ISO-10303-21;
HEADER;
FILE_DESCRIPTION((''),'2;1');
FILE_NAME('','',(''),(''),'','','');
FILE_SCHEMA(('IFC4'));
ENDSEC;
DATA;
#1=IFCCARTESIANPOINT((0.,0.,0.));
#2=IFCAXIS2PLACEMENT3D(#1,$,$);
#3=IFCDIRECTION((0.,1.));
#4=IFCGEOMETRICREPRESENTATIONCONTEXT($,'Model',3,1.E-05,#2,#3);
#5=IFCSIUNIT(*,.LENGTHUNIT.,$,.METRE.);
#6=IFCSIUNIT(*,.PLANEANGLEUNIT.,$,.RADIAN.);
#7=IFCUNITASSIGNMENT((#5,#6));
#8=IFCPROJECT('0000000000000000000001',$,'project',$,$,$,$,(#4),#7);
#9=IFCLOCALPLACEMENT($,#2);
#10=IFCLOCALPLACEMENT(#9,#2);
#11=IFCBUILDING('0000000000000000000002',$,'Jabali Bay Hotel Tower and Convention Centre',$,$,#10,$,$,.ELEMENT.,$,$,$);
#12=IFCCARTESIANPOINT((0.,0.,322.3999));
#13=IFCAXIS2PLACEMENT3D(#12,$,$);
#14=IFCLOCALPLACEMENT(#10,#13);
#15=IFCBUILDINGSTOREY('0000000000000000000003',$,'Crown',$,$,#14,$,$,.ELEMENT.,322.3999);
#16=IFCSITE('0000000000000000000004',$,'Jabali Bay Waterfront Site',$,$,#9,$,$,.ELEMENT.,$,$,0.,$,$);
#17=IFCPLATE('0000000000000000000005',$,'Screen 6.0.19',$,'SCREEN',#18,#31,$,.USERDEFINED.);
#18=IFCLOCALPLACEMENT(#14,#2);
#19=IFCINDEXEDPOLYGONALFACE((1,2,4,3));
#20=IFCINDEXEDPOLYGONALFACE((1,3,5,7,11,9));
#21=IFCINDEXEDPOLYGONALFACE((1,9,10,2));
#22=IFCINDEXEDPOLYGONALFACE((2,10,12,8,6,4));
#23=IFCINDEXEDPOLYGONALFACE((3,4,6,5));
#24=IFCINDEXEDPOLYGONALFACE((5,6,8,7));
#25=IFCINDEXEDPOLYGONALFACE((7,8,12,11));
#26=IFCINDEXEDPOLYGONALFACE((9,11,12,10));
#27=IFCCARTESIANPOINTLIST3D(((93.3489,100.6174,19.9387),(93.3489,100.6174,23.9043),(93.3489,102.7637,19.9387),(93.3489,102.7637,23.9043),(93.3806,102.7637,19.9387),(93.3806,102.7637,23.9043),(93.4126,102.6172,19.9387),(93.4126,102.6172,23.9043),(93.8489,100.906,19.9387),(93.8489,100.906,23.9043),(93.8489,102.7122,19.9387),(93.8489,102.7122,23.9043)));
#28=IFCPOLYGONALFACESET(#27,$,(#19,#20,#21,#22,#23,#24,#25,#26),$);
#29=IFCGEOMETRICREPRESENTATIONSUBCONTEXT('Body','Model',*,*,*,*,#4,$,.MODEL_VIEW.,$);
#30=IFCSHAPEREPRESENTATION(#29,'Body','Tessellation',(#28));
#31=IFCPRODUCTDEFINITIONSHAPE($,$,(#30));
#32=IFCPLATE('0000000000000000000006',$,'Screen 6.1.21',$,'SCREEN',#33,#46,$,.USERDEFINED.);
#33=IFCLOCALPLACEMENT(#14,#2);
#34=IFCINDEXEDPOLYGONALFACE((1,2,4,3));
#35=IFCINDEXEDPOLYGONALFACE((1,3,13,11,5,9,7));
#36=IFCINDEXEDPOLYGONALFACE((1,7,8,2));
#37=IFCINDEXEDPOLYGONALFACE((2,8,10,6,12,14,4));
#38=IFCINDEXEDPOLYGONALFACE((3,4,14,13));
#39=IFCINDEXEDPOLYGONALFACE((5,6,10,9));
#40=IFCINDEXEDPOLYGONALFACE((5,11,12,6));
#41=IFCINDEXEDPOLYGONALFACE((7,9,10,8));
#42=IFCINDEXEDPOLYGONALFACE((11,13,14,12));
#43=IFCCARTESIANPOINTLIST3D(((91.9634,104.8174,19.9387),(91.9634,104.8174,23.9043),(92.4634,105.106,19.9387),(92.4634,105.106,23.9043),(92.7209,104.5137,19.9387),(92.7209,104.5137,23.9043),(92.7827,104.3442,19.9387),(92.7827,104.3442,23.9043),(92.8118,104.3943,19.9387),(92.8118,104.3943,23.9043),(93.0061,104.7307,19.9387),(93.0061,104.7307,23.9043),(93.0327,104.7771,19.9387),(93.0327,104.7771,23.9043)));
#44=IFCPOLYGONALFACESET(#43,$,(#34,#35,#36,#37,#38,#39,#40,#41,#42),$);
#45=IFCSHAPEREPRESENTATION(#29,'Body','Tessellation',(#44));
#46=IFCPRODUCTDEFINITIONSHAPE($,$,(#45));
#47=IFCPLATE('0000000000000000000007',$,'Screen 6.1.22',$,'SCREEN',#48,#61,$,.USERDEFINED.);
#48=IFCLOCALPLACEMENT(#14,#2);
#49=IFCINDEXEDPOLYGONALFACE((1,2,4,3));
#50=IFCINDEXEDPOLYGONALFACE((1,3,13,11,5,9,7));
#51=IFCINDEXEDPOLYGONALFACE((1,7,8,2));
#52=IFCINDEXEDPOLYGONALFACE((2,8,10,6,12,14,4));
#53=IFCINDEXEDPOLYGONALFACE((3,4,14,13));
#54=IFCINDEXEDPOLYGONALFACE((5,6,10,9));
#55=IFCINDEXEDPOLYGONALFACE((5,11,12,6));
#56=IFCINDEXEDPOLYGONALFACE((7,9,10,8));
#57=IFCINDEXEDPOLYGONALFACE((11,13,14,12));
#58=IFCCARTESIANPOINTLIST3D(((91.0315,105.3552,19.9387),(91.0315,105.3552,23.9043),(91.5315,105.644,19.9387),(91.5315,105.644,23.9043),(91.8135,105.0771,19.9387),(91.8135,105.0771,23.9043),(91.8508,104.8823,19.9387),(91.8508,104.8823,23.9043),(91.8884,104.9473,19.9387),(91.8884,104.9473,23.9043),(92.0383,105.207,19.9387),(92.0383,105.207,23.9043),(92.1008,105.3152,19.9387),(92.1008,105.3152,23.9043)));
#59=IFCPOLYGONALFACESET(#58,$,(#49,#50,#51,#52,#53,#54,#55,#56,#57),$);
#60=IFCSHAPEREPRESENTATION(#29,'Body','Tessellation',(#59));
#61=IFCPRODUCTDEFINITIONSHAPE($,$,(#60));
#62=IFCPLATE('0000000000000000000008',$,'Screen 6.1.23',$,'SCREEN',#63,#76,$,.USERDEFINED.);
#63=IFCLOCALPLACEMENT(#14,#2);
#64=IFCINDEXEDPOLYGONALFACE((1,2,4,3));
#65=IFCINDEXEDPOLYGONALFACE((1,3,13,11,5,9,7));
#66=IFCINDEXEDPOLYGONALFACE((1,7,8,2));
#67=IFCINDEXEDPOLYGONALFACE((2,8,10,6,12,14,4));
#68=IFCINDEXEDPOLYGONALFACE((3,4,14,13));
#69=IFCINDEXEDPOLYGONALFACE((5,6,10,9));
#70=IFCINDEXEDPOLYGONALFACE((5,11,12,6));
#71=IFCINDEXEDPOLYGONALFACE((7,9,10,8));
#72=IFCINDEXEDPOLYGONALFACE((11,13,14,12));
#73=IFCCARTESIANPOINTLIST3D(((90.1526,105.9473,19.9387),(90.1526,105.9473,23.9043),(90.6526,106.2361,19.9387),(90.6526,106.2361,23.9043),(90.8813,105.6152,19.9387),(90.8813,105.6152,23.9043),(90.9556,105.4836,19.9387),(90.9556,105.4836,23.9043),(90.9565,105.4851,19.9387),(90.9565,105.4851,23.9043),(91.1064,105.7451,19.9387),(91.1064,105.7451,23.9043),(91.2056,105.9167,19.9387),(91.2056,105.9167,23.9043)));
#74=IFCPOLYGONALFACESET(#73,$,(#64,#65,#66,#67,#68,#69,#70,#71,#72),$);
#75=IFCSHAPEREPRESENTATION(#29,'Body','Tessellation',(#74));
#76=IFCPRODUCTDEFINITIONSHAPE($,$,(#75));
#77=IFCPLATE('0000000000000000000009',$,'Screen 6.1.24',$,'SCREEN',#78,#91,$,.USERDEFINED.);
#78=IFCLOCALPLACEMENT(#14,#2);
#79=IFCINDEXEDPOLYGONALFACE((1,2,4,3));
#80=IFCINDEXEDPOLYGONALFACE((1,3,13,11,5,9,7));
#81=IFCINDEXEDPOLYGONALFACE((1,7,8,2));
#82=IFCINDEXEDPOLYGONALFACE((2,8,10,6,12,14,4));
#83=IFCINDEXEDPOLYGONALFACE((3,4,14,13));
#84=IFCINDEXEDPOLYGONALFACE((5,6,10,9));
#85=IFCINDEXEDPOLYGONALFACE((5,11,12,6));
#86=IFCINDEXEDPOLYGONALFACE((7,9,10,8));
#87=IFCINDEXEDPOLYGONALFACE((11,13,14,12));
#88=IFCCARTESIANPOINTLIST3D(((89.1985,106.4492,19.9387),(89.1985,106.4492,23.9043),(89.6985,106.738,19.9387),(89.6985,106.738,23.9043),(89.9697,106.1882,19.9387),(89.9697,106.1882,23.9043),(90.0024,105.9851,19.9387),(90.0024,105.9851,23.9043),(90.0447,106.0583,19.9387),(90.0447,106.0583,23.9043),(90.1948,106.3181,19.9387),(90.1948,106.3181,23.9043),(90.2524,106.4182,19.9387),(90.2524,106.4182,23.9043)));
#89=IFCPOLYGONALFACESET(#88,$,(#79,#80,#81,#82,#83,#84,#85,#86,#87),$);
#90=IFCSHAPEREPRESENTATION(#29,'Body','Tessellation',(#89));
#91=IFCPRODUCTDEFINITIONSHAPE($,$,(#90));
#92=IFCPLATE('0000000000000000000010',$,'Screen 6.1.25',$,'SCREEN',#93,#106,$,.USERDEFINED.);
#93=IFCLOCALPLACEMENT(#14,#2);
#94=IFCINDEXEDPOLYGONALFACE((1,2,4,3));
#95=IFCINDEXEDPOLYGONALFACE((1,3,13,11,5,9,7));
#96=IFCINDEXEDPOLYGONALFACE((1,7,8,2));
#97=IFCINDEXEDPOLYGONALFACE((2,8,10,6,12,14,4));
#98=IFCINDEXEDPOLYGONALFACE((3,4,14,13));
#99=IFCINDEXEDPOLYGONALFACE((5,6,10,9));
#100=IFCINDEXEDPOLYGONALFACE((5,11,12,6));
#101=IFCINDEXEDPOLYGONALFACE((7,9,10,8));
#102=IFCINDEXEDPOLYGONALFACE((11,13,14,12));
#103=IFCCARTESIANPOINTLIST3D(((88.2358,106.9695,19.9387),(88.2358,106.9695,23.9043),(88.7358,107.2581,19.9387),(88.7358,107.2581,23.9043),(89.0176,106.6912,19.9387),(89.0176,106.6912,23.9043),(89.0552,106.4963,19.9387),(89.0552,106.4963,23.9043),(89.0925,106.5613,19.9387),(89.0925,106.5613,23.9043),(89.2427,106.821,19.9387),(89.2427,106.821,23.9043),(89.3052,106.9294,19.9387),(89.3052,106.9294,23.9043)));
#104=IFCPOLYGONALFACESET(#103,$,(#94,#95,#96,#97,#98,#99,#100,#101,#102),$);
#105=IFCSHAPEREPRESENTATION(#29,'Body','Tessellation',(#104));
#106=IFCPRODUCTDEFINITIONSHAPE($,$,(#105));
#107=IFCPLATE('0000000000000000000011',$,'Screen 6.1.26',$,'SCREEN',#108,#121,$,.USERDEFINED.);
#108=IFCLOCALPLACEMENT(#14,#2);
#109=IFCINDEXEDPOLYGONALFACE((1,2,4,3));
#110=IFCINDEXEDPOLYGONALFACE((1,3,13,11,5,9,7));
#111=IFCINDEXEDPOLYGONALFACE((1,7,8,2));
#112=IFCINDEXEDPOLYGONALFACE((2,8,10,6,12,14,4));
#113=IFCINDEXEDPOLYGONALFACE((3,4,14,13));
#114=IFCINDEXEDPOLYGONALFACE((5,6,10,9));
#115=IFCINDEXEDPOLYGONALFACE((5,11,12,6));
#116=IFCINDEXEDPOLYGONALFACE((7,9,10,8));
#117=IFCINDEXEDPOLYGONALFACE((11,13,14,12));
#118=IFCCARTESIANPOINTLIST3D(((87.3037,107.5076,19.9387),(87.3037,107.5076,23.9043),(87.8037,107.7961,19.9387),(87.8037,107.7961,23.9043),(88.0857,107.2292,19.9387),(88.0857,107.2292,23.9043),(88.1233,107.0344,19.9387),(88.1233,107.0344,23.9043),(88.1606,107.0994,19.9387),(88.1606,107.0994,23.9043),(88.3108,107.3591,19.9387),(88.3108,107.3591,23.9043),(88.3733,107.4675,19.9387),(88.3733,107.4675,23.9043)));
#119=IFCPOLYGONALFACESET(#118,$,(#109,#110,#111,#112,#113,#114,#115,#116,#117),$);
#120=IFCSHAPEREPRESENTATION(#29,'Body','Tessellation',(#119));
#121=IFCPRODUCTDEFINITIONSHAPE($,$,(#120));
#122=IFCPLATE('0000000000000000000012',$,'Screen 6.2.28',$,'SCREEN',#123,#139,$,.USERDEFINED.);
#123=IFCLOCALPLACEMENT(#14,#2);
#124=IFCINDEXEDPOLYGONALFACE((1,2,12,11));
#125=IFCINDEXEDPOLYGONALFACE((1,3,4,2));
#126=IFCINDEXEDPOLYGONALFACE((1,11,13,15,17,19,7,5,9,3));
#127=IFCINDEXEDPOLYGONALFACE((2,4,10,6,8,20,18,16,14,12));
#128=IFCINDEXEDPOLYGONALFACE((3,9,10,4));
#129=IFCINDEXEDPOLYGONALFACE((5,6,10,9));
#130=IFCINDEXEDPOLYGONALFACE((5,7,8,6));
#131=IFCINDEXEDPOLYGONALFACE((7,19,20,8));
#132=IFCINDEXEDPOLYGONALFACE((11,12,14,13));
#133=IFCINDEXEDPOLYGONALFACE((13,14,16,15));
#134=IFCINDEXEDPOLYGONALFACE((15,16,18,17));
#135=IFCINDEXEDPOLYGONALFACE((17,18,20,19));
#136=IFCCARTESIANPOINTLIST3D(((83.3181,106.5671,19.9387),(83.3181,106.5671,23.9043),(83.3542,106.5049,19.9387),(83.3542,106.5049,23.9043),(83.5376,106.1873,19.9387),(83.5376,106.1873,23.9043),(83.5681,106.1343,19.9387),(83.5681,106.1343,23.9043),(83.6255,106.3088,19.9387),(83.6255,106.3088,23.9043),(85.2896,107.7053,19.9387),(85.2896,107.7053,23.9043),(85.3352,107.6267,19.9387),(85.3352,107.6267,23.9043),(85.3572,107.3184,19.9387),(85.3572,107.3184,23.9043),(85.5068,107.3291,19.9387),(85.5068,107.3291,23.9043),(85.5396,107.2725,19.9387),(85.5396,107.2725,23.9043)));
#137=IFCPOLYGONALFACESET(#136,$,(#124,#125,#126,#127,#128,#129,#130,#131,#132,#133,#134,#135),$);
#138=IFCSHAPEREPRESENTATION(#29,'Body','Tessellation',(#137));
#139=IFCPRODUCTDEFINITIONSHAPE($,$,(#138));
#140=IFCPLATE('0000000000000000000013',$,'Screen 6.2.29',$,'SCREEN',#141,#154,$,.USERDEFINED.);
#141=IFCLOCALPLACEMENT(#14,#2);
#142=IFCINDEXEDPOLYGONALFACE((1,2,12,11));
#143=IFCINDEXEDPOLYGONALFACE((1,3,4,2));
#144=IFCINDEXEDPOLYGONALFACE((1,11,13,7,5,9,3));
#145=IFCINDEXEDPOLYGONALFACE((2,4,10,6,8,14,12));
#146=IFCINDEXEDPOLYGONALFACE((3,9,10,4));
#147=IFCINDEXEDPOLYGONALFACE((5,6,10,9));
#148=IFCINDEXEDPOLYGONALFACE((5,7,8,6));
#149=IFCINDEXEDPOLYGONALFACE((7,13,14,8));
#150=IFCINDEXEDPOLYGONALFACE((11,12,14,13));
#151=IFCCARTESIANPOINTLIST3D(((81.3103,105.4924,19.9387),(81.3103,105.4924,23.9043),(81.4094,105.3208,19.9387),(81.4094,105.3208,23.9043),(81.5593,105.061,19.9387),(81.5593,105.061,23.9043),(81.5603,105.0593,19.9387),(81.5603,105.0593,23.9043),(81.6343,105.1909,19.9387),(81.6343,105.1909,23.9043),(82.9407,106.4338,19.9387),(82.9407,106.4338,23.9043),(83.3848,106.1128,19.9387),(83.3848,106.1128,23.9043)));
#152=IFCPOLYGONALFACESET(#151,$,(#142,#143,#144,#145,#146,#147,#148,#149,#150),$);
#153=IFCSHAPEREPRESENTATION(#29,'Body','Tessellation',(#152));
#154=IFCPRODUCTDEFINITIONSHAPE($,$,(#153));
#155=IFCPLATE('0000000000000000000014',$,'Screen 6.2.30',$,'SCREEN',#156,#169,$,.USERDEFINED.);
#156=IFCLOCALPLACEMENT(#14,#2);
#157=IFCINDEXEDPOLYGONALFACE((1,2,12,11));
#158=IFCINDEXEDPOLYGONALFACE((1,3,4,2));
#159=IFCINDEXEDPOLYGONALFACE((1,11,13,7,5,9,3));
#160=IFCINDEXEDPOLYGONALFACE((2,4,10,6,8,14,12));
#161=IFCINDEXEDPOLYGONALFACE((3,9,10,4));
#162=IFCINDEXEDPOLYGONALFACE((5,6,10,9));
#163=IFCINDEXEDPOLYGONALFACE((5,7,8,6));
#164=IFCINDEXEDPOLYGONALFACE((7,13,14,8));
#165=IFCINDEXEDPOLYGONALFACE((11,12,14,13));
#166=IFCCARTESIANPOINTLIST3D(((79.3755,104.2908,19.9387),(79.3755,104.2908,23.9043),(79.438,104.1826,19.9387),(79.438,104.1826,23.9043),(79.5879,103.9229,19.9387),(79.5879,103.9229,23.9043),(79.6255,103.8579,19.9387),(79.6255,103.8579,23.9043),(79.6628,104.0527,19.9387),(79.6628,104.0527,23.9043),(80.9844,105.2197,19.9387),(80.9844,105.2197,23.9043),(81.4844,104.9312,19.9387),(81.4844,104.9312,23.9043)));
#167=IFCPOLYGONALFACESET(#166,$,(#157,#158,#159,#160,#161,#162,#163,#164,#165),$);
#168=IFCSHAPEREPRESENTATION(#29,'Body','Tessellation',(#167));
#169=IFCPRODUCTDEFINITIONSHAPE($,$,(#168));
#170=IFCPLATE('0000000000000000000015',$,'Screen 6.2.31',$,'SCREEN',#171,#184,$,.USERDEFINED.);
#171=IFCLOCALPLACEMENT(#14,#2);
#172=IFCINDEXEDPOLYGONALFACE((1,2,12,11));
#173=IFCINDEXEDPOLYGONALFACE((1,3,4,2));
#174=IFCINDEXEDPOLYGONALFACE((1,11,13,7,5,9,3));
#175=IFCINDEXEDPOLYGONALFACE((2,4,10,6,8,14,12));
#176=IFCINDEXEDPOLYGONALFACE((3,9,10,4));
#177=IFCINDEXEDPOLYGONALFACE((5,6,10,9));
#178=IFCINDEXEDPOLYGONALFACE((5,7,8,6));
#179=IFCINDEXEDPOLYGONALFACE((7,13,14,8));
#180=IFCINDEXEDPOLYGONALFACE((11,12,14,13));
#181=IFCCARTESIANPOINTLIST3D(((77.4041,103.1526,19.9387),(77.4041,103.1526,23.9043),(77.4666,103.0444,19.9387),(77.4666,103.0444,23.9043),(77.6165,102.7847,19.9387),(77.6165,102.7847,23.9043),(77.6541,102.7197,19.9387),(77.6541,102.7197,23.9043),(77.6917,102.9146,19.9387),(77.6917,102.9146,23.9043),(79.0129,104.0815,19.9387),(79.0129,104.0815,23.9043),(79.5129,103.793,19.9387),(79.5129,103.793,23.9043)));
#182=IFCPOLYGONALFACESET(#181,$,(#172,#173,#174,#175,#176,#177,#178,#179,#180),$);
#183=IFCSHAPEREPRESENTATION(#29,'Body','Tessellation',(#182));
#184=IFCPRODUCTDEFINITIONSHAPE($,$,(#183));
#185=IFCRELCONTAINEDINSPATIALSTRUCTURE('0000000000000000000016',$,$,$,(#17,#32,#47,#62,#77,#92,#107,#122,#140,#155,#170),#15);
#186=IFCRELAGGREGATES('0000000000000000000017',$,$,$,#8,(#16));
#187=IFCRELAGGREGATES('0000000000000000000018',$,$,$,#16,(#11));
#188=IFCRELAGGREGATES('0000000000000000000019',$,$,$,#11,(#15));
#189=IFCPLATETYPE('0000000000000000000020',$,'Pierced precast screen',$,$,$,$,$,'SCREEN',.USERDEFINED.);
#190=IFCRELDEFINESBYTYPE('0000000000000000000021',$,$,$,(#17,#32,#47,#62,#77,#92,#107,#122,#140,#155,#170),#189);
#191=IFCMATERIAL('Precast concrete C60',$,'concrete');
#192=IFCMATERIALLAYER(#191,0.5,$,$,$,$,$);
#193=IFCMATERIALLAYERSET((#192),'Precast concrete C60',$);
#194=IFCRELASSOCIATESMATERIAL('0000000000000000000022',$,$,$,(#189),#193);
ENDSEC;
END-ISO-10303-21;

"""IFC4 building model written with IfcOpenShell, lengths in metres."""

from ifc_helpers import new_model, si_unit, direction, frame, origin, place, context, subcontext, project, spatial, polyline, outline, extrude, material, layer, layer_set, type_object, element, save


model = new_model("IFC4")

# Units and contexts
model_context = context("Model", 3, precision=1e-05, world=origin(), true_north=direction((0.0, 1.0)))
body_context = subcontext(model_context, "Body", "Model", "MODEL_VIEW")
ifc_project = project(units=[si_unit("LENGTHUNIT", "METRE"), si_unit("PLANEANGLEUNIT", "RADIAN")], contexts=[model_context])

# Site, building, storey
site_placement = place(None, origin())
site = spatial("IfcSite", under=ifc_project, at=site_placement, Name="Jabali Bay Waterfront Site", CompositionType="ELEMENT", RefElevation=0.0)
building_placement = place(site_placement, origin())
building = spatial("IfcBuilding", under=site, at=building_placement, Name="Jabali Bay Hotel Tower and Convention Centre", CompositionType="ELEMENT")
storey_placement = place(building_placement, frame((0.0, 0.0, 322.3999)))
storey = spatial("IfcBuildingStorey", under=building, at=storey_placement, Name="Crown", CompositionType="ELEMENT", Elevation=322.3999)

# Plates
ifc_material = material(Name="Precast concrete C60", Category="concrete")
ifc_layer = layer(ifc_material, 0.5)
ifc_layer_set = layer_set([ifc_layer], Name="Precast concrete C60")
plate_type = type_object("IfcPlateType", Name="Pierced precast screen", ElementType="SCREEN", PredefinedType="USERDEFINED", material=ifc_layer_set)
plate_1_placement = place(storey_placement, frame((0.0, 0.0, 19.9387)))
element("IfcPlate", 1, at=plate_1_placement, inside=storey, type_object=plate_type, Name="Screen 6.0.19", ObjectType="SCREEN", PredefinedType="USERDEFINED", context=body_context, shape_type="SweptSolid", body=[
    extrude(outline(polyline([(93.3489, 102.7637), (93.3489, 100.6174), (93.8489, 100.906), (93.8489, 102.7122), (93.4126, 102.6172), (93.3806, 102.7637), (93.3489, 102.7637)])), origin(), (0.0, 0.0, 1.0), 3.9656),
])
plate_2_placement = place(storey_placement, frame((0.0, 0.0, 19.9387)))
element("IfcPlate", 2, at=plate_2_placement, inside=storey, type_object=plate_type, Name="Screen 6.1.21", ObjectType="SCREEN", PredefinedType="USERDEFINED", context=body_context, shape_type="SweptSolid", body=[
    extrude(outline(polyline([(91.9634, 104.8174), (92.7827, 104.3442), (92.8118, 104.3943), (92.7209, 104.5137), (93.0061, 104.7307), (93.0327, 104.7771), (92.4634, 105.106), (91.9634, 104.8174)])), origin(), (0.0, 0.0, 1.0), 3.9656),
])
plate_3_placement = place(storey_placement, frame((0.0, 0.0, 19.9387)))
element("IfcPlate", 3, at=plate_3_placement, inside=storey, type_object=plate_type, Name="Screen 6.1.22", ObjectType="SCREEN", PredefinedType="USERDEFINED", context=body_context, shape_type="SweptSolid", body=[
    extrude(outline(polyline([(91.0315, 105.3552), (91.8508, 104.8823), (91.8884, 104.9473), (91.8135, 105.0771), (92.0383, 105.207), (92.1008, 105.3152), (91.5315, 105.644), (91.0315, 105.3552)])), origin(), (0.0, 0.0, 1.0), 3.9656),
])
plate_4_placement = place(storey_placement, frame((0.0, 0.0, 19.9387)))
element("IfcPlate", 4, at=plate_4_placement, inside=storey, type_object=plate_type, Name="Screen 6.1.23", ObjectType="SCREEN", PredefinedType="USERDEFINED", context=body_context, shape_type="SweptSolid", body=[
    extrude(outline(polyline([(90.1526, 105.9473), (90.9556, 105.4836), (90.9565, 105.4851), (90.8813, 105.6152), (91.1064, 105.7451), (91.2056, 105.9167), (90.6526, 106.2361), (90.1526, 105.9473)])), origin(), (0.0, 0.0, 1.0), 3.9656),
])
plate_5_placement = place(storey_placement, frame((0.0, 0.0, 19.9387)))
element("IfcPlate", 5, at=plate_5_placement, inside=storey, type_object=plate_type, Name="Screen 6.1.24", ObjectType="SCREEN", PredefinedType="USERDEFINED", context=body_context, shape_type="SweptSolid", body=[
    extrude(outline(polyline([(89.1985, 106.4492), (90.0024, 105.9851), (90.0447, 106.0583), (89.9697, 106.1882), (90.1948, 106.3181), (90.2524, 106.4182), (89.6985, 106.738), (89.1985, 106.4492)])), origin(), (0.0, 0.0, 1.0), 3.9656),
])
plate_6_placement = place(storey_placement, frame((0.0, 0.0, 19.9387)))
element("IfcPlate", 6, at=plate_6_placement, inside=storey, type_object=plate_type, Name="Screen 6.1.25", ObjectType="SCREEN", PredefinedType="USERDEFINED", context=body_context, shape_type="SweptSolid", body=[
    extrude(outline(polyline([(88.2358, 106.9695), (89.0552, 106.4963), (89.0925, 106.5613), (89.0176, 106.6912), (89.2427, 106.821), (89.3052, 106.9294), (88.7358, 107.2581), (88.2358, 106.9695)])), origin(), (0.0, 0.0, 1.0), 3.9656),
])
plate_7_placement = place(storey_placement, frame((0.0, 0.0, 19.9387)))
element("IfcPlate", 7, at=plate_7_placement, inside=storey, type_object=plate_type, Name="Screen 6.1.26", ObjectType="SCREEN", PredefinedType="USERDEFINED", context=body_context, shape_type="SweptSolid", body=[
    extrude(outline(polyline([(87.3037, 107.5076), (88.1233, 107.0344), (88.1606, 107.0994), (88.0857, 107.2292), (88.3108, 107.3591), (88.3733, 107.4675), (87.8037, 107.7961), (87.3037, 107.5076)])), origin(), (0.0, 0.0, 1.0), 3.9656),
])
plate_8_placement = place(storey_placement, frame((0.0, 0.0, 19.9387)))
element("IfcPlate", 8, at=plate_8_placement, inside=storey, type_object=plate_type, Name="Screen 6.2.28", ObjectType="SCREEN", PredefinedType="USERDEFINED", context=body_context, shape_type="SweptSolid", body=[
    extrude(outline(polyline([(83.5681, 106.1343), (85.5396, 107.2725), (85.5068, 107.3291), (85.3572, 107.3184), (85.3352, 107.6267), (85.2896, 107.7053), (83.3181, 106.5671), (83.3542, 106.5049), (83.6255, 106.3088), (83.5376, 106.1873), (83.5681, 106.1343)])), origin(), (0.0, 0.0, 1.0), 3.9656),
])
plate_9_placement = place(storey_placement, frame((0.0, 0.0, 19.9387)))
element("IfcPlate", 9, at=plate_9_placement, inside=storey, type_object=plate_type, Name="Screen 6.2.29", ObjectType="SCREEN", PredefinedType="USERDEFINED", context=body_context, shape_type="SweptSolid", body=[
    extrude(outline(polyline([(81.5603, 105.0593), (83.3848, 106.1128), (82.9407, 106.4338), (81.3103, 105.4924), (81.4094, 105.3208), (81.6343, 105.1909), (81.5593, 105.061), (81.5603, 105.0593)])), origin(), (0.0, 0.0, 1.0), 3.9656),
])
plate_10_placement = place(storey_placement, frame((0.0, 0.0, 19.9387)))
element("IfcPlate", 10, at=plate_10_placement, inside=storey, type_object=plate_type, Name="Screen 6.2.30", ObjectType="SCREEN", PredefinedType="USERDEFINED", context=body_context, shape_type="SweptSolid", body=[
    extrude(outline(polyline([(79.6255, 103.8579), (81.4844, 104.9312), (80.9844, 105.2197), (79.3755, 104.2908), (79.438, 104.1826), (79.6628, 104.0527), (79.5879, 103.9229), (79.6255, 103.8579)])), origin(), (0.0, 0.0, 1.0), 3.9656),
])
plate_11_placement = place(storey_placement, frame((0.0, 0.0, 19.9387)))
element("IfcPlate", 11, at=plate_11_placement, inside=storey, type_object=plate_type, Name="Screen 6.2.31", ObjectType="SCREEN", PredefinedType="USERDEFINED", context=body_context, shape_type="SweptSolid", body=[
    extrude(outline(polyline([(77.6541, 102.7197), (79.5129, 103.793), (79.0129, 104.0815), (77.4041, 103.1526), (77.4666, 103.0444), (77.6917, 102.9146), (77.6165, 102.7847), (77.6541, 102.7197)])), origin(), (0.0, 0.0, 1.0), 3.9656),
])

save(model, "model.ifc")
